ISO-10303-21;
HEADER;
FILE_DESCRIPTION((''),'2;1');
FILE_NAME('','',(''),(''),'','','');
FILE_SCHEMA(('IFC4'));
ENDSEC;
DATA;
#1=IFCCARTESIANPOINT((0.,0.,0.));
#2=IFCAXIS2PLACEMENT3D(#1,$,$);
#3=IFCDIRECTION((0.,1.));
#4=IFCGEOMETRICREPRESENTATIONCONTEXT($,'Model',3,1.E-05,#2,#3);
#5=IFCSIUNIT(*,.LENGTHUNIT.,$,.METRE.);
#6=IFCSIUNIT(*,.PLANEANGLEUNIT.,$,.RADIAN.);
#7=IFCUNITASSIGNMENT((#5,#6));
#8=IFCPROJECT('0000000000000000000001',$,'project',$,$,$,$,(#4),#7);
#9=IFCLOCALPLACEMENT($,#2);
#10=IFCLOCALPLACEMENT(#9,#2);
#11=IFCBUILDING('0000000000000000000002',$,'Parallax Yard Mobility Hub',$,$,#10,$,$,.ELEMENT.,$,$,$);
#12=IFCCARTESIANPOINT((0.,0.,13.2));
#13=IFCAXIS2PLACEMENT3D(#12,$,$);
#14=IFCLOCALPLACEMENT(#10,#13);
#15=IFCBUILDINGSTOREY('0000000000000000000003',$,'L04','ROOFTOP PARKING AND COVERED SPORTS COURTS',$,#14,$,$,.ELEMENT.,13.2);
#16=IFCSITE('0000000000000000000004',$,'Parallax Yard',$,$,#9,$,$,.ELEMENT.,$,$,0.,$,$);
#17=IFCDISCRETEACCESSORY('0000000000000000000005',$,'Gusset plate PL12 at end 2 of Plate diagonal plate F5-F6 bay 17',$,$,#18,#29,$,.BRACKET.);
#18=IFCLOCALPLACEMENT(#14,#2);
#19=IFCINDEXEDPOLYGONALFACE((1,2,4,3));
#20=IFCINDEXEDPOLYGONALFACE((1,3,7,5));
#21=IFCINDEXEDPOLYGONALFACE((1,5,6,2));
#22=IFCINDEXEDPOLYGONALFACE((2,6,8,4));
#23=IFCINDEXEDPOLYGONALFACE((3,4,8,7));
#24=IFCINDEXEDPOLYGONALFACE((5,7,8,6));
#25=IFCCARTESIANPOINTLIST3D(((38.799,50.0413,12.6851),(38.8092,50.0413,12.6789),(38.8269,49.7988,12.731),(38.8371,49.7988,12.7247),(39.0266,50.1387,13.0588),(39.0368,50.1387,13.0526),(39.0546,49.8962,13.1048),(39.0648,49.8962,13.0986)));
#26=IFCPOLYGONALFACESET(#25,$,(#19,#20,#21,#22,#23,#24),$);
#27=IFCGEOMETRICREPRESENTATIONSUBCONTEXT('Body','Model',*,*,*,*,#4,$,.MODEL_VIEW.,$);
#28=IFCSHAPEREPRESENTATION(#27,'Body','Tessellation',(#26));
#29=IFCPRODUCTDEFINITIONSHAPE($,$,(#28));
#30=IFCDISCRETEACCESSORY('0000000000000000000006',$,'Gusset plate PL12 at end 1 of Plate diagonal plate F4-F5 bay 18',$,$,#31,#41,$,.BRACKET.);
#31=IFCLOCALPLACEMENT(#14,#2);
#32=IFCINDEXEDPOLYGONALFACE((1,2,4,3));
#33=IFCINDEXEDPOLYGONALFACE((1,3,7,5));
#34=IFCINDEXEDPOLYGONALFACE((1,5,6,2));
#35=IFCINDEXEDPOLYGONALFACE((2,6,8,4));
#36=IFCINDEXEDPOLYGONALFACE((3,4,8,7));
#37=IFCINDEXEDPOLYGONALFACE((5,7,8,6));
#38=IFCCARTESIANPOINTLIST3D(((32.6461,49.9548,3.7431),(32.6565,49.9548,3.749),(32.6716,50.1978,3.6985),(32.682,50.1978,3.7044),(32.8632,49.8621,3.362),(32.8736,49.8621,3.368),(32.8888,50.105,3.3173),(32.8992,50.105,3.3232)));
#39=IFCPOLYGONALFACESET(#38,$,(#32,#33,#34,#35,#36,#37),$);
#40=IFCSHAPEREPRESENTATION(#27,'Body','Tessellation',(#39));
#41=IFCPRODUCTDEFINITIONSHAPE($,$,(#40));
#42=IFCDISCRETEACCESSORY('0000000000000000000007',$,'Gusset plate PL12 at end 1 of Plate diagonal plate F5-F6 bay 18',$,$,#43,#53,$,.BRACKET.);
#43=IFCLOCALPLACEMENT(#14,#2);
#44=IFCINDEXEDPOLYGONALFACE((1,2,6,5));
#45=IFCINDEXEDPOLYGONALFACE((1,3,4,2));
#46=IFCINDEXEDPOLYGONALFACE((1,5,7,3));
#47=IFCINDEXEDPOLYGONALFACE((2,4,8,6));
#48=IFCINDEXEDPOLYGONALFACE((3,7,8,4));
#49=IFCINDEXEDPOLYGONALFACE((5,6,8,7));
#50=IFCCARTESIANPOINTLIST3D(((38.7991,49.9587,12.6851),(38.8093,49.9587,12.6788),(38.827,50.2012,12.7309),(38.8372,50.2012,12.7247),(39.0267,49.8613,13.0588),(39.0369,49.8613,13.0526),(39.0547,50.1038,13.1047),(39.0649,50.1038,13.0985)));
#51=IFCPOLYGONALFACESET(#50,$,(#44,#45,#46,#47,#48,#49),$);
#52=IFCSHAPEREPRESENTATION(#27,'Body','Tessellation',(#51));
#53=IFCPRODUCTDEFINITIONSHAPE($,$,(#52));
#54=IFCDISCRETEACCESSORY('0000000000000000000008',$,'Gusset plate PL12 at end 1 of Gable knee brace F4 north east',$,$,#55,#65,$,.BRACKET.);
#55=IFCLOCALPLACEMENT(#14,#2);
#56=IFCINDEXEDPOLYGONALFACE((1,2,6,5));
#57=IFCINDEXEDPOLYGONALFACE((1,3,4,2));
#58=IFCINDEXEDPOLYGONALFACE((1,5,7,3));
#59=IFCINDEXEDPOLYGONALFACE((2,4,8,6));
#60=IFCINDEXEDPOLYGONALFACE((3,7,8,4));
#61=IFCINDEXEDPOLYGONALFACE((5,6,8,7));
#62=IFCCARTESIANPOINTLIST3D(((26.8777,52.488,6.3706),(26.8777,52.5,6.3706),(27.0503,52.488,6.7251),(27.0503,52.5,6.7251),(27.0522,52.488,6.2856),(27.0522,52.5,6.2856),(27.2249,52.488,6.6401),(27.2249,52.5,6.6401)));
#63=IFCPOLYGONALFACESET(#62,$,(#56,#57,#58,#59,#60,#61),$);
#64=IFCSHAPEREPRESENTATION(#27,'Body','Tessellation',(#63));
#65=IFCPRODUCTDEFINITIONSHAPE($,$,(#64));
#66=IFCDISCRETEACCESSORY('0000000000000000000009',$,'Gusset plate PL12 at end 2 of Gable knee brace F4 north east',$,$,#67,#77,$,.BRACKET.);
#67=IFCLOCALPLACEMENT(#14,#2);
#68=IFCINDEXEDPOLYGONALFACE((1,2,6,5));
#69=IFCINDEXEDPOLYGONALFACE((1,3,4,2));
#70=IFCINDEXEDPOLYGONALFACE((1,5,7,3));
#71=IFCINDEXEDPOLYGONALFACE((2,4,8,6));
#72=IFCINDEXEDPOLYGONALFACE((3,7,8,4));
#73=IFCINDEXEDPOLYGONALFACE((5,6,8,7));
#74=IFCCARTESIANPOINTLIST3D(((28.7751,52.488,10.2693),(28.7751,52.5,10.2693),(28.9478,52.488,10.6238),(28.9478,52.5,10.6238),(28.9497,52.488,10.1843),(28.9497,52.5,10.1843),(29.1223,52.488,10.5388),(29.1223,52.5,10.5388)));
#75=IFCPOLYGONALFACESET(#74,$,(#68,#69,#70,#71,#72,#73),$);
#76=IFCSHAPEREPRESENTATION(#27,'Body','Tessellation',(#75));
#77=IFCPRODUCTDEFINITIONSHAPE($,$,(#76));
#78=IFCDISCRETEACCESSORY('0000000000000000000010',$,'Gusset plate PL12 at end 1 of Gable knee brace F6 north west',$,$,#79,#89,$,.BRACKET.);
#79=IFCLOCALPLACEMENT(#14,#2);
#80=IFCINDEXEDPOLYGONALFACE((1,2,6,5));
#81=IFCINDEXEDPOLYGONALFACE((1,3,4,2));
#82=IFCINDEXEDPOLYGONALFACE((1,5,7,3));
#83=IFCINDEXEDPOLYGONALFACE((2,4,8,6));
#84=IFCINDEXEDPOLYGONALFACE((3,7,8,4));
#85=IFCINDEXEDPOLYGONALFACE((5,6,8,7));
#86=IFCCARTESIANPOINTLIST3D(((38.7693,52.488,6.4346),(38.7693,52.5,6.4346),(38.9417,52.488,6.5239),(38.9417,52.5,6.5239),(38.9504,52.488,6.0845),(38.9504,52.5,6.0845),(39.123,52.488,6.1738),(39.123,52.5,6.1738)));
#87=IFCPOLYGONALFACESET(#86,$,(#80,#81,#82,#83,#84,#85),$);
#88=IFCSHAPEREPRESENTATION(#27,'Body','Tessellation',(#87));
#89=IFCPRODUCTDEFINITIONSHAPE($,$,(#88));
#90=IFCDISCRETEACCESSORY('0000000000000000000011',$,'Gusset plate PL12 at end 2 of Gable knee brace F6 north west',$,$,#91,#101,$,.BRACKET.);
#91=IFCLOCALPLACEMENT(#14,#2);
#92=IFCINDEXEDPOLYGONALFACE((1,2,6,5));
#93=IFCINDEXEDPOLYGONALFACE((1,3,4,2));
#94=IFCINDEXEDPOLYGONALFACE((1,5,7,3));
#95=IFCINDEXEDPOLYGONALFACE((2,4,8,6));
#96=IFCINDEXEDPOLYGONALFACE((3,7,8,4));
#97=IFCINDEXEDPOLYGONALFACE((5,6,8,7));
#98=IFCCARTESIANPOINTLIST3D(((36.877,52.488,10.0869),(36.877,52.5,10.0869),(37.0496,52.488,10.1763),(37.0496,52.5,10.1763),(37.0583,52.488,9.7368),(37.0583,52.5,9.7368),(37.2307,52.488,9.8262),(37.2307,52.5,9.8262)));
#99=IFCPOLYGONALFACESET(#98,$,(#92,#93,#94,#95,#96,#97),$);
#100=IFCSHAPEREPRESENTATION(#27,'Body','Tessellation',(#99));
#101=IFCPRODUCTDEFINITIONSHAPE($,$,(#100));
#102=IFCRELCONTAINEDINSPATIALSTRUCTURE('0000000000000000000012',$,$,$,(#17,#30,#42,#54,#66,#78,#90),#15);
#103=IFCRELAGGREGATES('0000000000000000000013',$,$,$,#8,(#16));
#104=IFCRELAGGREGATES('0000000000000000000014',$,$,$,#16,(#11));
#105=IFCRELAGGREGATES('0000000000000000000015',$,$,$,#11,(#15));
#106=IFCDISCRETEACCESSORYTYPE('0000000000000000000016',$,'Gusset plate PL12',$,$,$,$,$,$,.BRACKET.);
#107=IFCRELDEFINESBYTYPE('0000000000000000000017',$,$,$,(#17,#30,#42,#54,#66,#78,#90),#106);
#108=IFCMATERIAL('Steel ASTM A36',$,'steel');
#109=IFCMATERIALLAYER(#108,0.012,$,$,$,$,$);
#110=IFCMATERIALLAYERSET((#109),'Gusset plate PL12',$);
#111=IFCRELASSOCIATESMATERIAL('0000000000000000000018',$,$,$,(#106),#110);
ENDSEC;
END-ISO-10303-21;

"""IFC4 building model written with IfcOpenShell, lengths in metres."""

from ifc_helpers import new_model, si_unit, direction, frame, origin, place, context, subcontext, project, spatial, polyline, outline, extrude, material, layer, layer_set, type_object, element, save


model = new_model("IFC4")

# Units and contexts
model_context = context("Model", 3, precision=1e-05, world=origin(), true_north=direction((0.0, 1.0)))
body_context = subcontext(model_context, "Body", "Model", "MODEL_VIEW")
ifc_project = project(units=[si_unit("LENGTHUNIT", "METRE"), si_unit("PLANEANGLEUNIT", "RADIAN")], contexts=[model_context])

# Site, building, storey
site_placement = place(None, origin())
site = spatial("IfcSite", under=ifc_project, at=site_placement, Name="Parallax Yard", CompositionType="ELEMENT", RefElevation=0.0)
building_placement = place(site_placement, origin())
building = spatial("IfcBuilding", under=site, at=building_placement, Name="Parallax Yard Mobility Hub", CompositionType="ELEMENT")
storey_placement = place(building_placement, frame((0.0, 0.0, 13.2)))
storey = spatial("IfcBuildingStorey", under=building, at=storey_placement, Name="L04", Description="ROOFTOP PARKING AND COVERED SPORTS COURTS", CompositionType="ELEMENT", Elevation=13.2)

# Discrete accessories
ifc_material_1 = material(Name="Steel ASTM A36", Category="steel")
ifc_layer = layer(ifc_material_1, 0.012)
ifc_layer_set = layer_set([ifc_layer], Name="Gusset plate PL12")
discrete_accessory_type = type_object("IfcDiscreteAccessoryType", Name="Gusset plate PL12", PredefinedType="BRACKET", material=ifc_layer_set)
discrete_accessory_1_placement = place(storey_placement, frame((38.8269, 49.7988, 12.731), z_axis=(-0.854054, 0.000006, 0.520185), x_axis=(0.507764, 0.217232, 0.833658)))
element("IfcDiscreteAccessory", 1, at=discrete_accessory_1_placement, inside=storey, type_object=discrete_accessory_type, Name="Gusset plate PL12 at end 2 of Plate diagonal plate F5-F6 bay 17", PredefinedType="BRACKET", context=body_context, shape_type="SweptSolid", body=[
    extrude(outline(polyline([(0.0, 0.0), (0.4484, 0.0), (0.4486, 0.2483), (0.0003, 0.2483), (0.0, 0.0)])), origin(), (0.0, 0.0, -1.0), 0.012),
])
discrete_accessory_2_placement = place(storey_placement, frame((32.6565, 49.9548, 3.749), z_axis=(0.868823, -0.000185, 0.495124), x_axis=(0.484371, -0.206955, -0.850032)))
element("IfcDiscreteAccessory", 2, at=discrete_accessory_2_placement, inside=storey, type_object=discrete_accessory_type, Name="Gusset plate PL12 at end 1 of Plate diagonal plate F4-F5 bay 18", PredefinedType="BRACKET", context=body_context, shape_type="SweptSolid", body=[
    extrude(outline(polyline([(0.0, 0.0), (0.4483, 0.0), (0.4484, 0.2483), (0.0, 0.2483), (0.0, 0.0)])), origin(), (0.0, 0.0, -1.0), 0.012),
])
discrete_accessory_3_placement = place(storey_placement, frame((38.7991, 49.9587, 12.6851), z_axis=(-0.854054, -0.000006, 0.520185), x_axis=(0.507757, -0.217292, 0.833647)))
element("IfcDiscreteAccessory", 3, at=discrete_accessory_3_placement, inside=storey, type_object=discrete_accessory_type, Name="Gusset plate PL12 at end 1 of Plate diagonal plate F5-F6 bay 18", PredefinedType="BRACKET", context=body_context, shape_type="SweptSolid", body=[
    extrude(outline(polyline([(0.0, 0.0), (0.4483, 0.0), (0.4481, 0.2483), (-0.0003, 0.2483), (0.0, 0.0)])), origin(), (0.0, 0.0, -1.0), 0.012),
])
for number, where, z_axis, x_axis, name in (
    (4, (27.2249, 52.5, 6.6401), (0.0, 1.0, 0.0), (-0.437777, 0.0, -0.899084), "Gusset plate PL12 at end 1 of Gable knee brace F4 north east"),
    (5, (28.7751, 52.5, 10.2693), (0.0, 1.0, 0.0), (0.437777, 0.0, 0.899084), "Gusset plate PL12 at end 2 of Gable knee brace F4 north east"),
):
    element("IfcDiscreteAccessory", number, at=place(storey_placement, frame(where, z_axis=z_axis, x_axis=x_axis)), inside=storey, type_object=discrete_accessory_type, Name=name, PredefinedType="BRACKET", context=body_context, shape_type="SweptSolid", body=[
        extrude(outline(polyline([(0.0, 0.0), (0.3943, 0.0), (0.3943, 0.1941), (0.0, 0.1941), (0.0, 0.0)])), origin(), (0.0, 0.0, -1.0), 0.012),
    ])
for number, where, z_axis, x_axis, name in (
    (6, (38.9417, 52.5, 6.5239), (0.0, 1.0, 0.0), (0.460046, 0.0, -0.887895), "Gusset plate PL12 at end 1 of Gable knee brace F6 north west"),
    (7, (37.0583, 52.5, 9.7368), (0.0, 1.0, 0.0), (-0.460046, 0.0, 0.887895), "Gusset plate PL12 at end 2 of Gable knee brace F6 north west"),
):
    element("IfcDiscreteAccessory", number, at=place(storey_placement, frame(where, z_axis=z_axis, x_axis=x_axis)), inside=storey, type_object=discrete_accessory_type, Name=name, PredefinedType="BRACKET", context=body_context, shape_type="SweptSolid", body=[
        extrude(outline(polyline([(0.0, 0.0), (0.3943, 0.0), (0.3942, 0.1944), (0.0, 0.1941), (0.0, 0.0)])), origin(), (0.0, 0.0, -1.0), 0.012),
    ])

save(model, "model.ifc")
